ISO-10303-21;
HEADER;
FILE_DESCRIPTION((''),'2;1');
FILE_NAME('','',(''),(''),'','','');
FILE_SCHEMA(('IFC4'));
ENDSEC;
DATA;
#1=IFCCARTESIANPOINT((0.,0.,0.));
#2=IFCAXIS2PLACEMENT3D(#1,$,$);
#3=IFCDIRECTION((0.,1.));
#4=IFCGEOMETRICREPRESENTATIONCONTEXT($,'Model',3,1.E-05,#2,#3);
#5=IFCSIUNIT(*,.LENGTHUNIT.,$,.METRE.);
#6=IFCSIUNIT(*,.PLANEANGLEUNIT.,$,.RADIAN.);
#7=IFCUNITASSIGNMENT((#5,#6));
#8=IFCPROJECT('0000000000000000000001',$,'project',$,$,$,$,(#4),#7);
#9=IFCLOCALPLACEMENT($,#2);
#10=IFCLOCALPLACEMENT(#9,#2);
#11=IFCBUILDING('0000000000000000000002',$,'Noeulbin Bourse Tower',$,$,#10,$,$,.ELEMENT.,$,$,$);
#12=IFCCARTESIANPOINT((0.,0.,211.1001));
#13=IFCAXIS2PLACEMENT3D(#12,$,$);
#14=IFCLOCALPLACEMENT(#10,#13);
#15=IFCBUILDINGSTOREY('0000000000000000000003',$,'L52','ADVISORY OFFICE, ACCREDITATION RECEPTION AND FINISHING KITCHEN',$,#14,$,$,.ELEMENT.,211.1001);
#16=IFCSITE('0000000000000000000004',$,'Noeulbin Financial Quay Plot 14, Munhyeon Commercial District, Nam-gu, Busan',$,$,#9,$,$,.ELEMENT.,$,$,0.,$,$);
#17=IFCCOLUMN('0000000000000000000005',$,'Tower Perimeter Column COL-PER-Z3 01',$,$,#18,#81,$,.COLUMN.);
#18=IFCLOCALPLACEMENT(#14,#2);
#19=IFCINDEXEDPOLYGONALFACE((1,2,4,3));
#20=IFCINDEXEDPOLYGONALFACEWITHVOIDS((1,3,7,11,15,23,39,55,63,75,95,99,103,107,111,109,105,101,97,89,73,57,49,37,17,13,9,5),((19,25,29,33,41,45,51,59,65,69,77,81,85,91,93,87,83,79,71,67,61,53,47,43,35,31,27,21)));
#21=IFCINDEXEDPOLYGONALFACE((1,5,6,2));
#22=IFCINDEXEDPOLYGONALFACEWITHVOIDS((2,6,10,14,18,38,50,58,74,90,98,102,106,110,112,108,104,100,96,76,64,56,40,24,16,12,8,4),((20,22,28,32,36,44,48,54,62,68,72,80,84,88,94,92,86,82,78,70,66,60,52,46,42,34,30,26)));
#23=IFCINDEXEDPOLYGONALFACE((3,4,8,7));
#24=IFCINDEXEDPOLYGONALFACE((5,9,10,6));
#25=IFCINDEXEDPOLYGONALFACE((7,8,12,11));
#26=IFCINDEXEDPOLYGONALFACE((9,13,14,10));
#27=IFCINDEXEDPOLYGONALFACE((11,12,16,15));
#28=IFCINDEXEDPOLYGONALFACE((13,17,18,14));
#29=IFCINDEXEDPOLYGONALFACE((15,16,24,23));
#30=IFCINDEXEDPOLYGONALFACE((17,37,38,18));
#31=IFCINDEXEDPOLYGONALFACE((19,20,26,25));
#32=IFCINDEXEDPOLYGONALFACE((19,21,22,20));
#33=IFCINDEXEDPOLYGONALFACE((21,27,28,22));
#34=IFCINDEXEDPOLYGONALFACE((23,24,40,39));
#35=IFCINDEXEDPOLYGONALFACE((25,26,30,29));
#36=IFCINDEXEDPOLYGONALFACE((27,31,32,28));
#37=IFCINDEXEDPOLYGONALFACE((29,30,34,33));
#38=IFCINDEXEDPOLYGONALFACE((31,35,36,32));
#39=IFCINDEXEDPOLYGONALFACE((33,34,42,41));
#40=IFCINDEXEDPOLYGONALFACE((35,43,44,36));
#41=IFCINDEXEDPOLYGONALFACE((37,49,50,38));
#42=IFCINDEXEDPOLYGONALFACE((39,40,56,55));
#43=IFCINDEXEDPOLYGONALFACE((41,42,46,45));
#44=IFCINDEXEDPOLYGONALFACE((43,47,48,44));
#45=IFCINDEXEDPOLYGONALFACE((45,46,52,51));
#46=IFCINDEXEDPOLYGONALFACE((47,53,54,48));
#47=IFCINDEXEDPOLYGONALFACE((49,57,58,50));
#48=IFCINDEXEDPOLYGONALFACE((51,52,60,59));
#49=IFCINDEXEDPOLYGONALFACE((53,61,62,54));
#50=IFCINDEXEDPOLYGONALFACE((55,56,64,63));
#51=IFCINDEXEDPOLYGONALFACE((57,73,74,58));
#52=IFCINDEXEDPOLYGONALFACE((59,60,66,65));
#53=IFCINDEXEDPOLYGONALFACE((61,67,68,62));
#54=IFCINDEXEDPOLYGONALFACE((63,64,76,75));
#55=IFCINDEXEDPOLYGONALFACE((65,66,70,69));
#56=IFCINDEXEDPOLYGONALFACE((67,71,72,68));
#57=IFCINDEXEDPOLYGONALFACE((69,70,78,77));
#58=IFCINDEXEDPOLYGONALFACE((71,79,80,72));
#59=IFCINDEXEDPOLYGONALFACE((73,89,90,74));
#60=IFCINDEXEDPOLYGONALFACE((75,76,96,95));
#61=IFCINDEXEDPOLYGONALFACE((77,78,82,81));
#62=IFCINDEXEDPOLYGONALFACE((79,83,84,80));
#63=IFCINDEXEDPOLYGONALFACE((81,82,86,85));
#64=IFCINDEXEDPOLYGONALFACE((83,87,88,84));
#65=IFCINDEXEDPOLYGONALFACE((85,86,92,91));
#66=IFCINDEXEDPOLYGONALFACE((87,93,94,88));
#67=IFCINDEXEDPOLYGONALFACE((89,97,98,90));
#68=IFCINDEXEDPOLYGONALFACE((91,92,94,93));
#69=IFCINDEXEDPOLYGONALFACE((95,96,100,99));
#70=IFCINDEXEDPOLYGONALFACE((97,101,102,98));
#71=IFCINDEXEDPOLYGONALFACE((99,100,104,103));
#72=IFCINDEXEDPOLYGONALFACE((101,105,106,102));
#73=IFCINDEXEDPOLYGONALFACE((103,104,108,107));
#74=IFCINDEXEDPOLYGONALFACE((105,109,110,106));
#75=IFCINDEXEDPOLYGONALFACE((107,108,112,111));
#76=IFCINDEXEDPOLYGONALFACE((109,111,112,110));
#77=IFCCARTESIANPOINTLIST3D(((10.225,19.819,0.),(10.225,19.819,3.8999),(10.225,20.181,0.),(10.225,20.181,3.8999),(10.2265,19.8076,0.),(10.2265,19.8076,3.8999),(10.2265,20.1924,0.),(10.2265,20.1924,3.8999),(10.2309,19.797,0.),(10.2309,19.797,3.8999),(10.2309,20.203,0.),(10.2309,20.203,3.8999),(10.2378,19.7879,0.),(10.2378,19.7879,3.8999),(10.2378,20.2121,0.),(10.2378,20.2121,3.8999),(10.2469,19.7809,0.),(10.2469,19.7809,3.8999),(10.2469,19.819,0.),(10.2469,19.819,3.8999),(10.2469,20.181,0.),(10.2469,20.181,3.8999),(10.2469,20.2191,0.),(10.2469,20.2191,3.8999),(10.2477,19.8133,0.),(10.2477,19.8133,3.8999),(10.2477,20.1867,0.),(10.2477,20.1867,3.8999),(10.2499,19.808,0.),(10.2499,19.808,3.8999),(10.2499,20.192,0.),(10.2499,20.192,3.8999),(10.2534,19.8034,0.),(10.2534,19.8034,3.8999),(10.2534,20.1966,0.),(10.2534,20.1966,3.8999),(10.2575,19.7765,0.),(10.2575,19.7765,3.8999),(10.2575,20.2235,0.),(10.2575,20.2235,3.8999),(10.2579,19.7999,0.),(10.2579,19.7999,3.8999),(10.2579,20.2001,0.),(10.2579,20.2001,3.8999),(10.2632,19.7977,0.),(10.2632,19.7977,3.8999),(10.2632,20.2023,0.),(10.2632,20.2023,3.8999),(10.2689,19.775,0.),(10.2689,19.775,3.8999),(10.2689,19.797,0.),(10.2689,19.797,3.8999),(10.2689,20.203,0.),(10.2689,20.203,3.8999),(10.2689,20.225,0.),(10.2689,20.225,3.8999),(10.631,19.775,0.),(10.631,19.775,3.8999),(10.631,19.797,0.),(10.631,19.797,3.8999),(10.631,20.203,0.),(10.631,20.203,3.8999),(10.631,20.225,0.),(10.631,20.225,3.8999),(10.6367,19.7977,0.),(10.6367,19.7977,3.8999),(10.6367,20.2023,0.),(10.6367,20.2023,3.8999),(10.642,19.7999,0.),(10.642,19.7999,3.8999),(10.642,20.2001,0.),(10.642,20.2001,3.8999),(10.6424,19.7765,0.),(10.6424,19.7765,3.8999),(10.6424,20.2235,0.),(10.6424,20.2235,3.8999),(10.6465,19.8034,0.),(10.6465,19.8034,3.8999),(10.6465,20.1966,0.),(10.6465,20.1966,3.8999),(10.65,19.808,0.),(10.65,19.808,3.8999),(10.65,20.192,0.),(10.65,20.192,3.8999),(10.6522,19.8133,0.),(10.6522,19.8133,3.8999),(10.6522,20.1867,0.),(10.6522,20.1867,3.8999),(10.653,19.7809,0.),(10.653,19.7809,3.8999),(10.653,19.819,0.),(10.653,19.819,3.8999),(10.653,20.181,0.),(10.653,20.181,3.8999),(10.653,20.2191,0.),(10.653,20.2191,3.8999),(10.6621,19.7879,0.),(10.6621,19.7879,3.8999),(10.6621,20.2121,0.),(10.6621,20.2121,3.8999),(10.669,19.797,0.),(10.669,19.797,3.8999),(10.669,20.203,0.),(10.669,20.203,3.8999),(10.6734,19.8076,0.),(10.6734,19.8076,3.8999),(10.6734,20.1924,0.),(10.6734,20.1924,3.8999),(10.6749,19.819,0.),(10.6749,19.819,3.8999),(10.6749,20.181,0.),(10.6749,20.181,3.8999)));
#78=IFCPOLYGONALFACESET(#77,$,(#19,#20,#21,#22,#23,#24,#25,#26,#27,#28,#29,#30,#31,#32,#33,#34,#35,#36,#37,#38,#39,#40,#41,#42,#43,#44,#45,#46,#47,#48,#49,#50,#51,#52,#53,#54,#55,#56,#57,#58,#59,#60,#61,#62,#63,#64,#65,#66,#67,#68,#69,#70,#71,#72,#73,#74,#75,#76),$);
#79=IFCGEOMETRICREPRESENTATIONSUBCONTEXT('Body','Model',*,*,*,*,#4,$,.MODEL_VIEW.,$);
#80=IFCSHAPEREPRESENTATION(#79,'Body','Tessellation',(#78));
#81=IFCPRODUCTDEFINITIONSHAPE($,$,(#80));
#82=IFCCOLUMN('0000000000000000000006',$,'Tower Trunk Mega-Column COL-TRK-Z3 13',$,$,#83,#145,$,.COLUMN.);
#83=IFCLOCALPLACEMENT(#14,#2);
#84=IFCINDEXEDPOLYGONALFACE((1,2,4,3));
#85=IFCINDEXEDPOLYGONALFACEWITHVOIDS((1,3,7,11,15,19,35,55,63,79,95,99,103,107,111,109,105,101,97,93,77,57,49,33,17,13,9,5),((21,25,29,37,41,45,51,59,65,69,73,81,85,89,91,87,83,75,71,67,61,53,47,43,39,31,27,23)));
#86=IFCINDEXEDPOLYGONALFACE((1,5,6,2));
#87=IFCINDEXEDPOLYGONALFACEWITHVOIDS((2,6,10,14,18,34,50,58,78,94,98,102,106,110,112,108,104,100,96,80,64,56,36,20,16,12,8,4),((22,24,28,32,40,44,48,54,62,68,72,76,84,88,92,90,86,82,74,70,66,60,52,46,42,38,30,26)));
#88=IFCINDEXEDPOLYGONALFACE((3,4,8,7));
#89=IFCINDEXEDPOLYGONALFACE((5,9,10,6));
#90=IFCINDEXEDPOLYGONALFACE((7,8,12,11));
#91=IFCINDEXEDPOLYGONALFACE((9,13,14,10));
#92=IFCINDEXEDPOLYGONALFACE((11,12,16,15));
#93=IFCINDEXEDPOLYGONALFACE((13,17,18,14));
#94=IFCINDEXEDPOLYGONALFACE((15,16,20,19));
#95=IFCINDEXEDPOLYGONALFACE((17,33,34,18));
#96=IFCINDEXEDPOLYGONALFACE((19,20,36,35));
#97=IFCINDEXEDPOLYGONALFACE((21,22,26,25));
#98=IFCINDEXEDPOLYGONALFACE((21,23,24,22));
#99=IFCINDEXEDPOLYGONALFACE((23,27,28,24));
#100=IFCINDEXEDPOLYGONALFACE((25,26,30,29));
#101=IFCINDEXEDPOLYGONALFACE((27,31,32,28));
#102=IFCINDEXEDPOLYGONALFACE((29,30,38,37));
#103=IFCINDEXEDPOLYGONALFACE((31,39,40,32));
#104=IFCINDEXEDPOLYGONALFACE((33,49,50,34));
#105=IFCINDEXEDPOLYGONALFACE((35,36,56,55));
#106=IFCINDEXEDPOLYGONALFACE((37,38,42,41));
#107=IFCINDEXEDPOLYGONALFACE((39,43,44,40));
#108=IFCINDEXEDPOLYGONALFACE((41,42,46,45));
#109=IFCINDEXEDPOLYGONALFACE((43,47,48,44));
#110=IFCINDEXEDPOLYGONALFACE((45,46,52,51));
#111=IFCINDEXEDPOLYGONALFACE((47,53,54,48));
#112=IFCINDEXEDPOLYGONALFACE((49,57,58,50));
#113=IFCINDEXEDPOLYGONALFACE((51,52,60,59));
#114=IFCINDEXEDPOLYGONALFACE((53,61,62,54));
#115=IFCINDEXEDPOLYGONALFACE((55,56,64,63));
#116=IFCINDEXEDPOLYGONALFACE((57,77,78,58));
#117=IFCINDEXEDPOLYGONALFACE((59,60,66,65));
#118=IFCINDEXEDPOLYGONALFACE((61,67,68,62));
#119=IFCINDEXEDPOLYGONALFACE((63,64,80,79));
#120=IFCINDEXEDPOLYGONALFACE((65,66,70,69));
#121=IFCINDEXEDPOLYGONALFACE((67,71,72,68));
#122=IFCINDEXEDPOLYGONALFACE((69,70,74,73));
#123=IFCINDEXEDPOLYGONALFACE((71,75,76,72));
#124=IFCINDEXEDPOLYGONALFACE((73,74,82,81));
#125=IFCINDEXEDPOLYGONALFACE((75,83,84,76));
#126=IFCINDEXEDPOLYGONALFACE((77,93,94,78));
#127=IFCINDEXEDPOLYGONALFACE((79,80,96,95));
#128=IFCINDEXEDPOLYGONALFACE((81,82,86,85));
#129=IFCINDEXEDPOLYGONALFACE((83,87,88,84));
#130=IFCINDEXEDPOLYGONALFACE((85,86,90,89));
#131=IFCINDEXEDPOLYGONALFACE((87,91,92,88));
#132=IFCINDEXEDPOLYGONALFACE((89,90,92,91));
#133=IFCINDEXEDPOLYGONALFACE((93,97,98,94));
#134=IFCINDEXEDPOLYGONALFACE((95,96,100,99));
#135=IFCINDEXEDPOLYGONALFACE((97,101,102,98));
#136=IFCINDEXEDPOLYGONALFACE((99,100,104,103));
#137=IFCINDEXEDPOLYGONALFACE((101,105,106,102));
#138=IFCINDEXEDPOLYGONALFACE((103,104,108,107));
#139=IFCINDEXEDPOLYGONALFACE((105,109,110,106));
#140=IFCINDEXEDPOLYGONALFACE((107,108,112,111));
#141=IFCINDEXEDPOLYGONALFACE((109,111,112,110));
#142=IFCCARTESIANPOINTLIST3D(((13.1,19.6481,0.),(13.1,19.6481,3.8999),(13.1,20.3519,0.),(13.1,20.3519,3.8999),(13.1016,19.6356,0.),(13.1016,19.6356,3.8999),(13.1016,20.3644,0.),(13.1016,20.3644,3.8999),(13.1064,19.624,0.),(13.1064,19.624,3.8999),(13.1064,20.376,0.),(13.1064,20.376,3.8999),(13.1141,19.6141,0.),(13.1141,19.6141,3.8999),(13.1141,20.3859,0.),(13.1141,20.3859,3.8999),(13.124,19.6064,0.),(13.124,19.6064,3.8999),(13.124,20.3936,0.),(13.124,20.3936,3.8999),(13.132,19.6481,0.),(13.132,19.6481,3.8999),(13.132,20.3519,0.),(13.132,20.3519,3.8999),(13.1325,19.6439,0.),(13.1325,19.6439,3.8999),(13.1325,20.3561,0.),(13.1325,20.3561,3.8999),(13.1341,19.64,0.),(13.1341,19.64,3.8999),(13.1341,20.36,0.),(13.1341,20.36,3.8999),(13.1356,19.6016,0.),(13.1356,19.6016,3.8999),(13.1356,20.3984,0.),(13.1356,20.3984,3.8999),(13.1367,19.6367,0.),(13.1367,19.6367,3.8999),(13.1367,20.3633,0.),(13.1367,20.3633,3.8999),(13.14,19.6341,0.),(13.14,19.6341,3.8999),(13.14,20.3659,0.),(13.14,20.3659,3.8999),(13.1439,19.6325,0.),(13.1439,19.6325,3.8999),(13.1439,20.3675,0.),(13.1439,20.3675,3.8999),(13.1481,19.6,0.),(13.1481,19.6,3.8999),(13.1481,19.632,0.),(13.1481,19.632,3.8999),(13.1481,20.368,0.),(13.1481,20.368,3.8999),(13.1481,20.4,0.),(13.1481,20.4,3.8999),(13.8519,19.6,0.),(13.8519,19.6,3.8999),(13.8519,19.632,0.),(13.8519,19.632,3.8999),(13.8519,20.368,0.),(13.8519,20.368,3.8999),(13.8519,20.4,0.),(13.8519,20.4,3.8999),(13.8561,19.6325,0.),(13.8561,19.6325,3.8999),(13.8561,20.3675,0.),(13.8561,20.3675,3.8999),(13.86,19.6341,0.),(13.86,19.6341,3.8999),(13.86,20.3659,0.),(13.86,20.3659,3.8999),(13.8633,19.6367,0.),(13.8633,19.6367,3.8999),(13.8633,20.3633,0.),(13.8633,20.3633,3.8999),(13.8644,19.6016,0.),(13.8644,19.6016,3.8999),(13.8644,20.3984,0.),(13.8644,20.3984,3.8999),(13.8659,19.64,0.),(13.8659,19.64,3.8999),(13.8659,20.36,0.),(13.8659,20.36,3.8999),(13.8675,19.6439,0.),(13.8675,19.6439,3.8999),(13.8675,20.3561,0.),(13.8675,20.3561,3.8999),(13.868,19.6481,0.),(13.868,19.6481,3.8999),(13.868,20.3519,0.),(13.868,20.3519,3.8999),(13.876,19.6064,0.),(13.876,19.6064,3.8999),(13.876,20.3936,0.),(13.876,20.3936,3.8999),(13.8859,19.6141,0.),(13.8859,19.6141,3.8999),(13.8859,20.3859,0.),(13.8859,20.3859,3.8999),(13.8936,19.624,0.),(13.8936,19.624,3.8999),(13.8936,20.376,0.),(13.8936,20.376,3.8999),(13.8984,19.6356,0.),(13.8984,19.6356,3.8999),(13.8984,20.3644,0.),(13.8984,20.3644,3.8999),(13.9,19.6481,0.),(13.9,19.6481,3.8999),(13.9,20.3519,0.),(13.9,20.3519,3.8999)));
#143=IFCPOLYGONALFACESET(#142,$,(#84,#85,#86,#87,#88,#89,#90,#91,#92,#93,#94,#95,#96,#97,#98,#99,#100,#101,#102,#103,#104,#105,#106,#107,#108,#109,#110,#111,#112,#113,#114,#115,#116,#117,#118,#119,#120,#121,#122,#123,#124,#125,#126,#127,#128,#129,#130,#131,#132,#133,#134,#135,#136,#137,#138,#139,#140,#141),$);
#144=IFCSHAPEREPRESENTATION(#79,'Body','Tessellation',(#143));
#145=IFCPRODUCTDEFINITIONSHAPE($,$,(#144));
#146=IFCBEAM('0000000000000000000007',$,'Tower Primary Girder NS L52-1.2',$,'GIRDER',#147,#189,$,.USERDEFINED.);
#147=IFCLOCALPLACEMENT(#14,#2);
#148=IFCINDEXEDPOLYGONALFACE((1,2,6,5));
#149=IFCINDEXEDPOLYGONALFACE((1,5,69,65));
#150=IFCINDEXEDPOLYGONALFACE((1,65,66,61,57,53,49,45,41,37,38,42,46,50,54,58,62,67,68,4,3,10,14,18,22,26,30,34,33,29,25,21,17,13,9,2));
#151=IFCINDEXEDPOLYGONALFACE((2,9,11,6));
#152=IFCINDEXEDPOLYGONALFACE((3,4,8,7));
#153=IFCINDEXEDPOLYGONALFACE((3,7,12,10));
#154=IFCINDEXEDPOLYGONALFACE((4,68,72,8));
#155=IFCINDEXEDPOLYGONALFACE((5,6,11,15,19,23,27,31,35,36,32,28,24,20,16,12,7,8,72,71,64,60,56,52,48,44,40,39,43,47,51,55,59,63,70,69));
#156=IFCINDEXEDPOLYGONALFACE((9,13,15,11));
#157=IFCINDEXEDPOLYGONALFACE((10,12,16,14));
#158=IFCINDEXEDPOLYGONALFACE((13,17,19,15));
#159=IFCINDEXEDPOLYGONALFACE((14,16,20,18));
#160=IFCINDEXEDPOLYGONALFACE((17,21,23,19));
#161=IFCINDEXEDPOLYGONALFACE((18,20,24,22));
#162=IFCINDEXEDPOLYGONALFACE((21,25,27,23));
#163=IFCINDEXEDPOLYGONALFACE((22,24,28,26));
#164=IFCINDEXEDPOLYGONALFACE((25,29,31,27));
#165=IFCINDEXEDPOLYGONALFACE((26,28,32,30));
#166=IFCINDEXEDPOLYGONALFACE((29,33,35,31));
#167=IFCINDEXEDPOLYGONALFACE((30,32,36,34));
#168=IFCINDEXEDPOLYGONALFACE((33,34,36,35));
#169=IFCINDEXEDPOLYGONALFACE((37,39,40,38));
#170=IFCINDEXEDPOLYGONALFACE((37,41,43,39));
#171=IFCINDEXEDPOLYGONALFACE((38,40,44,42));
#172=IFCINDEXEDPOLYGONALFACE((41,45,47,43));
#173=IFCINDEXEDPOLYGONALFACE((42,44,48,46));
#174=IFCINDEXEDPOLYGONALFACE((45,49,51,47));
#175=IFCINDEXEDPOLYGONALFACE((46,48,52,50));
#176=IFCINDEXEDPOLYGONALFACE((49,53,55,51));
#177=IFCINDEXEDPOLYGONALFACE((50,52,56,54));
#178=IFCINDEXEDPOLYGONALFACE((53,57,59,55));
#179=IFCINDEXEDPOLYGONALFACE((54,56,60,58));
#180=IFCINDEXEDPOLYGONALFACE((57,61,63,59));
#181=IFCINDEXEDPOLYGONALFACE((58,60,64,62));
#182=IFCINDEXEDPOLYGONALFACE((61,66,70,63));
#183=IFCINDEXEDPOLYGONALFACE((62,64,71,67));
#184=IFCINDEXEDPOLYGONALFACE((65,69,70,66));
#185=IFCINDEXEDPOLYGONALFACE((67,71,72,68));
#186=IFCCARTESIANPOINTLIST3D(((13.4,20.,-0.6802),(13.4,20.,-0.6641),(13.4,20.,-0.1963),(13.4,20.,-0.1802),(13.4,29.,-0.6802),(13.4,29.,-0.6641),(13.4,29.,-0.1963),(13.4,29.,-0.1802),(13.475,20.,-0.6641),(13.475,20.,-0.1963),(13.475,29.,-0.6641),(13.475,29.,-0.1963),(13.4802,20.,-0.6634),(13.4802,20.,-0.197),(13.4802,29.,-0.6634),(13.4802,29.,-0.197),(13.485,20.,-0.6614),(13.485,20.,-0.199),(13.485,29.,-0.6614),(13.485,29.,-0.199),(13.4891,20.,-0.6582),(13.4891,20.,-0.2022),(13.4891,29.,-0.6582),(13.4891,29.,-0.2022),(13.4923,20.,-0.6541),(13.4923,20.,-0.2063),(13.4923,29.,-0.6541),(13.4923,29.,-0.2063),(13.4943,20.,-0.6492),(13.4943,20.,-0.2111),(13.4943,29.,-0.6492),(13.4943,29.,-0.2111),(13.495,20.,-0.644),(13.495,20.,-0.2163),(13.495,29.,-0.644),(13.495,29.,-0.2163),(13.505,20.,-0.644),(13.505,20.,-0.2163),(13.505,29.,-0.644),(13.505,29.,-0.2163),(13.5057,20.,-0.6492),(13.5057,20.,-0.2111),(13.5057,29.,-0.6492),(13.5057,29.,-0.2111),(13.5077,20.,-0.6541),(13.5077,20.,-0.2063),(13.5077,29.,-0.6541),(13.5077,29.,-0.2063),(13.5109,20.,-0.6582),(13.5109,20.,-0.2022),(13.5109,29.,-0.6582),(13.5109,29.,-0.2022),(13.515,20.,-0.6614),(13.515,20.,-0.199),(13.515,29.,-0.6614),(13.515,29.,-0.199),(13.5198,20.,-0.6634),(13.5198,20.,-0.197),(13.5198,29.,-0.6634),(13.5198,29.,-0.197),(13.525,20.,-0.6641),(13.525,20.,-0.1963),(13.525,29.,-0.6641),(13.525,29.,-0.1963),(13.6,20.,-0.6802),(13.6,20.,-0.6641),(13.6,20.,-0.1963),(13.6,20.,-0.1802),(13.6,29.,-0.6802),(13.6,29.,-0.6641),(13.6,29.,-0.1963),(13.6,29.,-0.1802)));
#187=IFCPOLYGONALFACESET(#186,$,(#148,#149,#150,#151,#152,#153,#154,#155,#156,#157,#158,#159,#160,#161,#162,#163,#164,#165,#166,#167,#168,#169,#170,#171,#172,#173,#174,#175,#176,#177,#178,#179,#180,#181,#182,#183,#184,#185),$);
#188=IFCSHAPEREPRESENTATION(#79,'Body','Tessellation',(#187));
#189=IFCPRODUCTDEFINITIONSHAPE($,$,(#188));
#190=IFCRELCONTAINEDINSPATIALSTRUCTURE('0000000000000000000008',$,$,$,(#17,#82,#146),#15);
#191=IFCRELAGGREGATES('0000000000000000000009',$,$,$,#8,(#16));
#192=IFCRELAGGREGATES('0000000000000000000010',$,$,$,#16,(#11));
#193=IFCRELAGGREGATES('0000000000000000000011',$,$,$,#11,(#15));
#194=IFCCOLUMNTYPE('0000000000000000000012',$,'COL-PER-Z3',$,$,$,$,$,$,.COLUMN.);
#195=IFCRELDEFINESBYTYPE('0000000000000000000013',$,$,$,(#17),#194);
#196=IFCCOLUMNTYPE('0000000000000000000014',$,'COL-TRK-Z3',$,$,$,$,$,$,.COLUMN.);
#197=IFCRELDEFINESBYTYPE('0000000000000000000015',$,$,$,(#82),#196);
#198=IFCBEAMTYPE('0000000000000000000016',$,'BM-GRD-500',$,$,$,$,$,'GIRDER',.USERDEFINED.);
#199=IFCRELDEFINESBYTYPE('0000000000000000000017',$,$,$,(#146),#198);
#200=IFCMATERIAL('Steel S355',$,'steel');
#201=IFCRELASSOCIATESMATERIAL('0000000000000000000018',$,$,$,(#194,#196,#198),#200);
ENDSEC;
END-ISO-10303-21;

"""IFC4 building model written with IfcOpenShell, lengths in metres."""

from ifc_helpers import new_model, si_unit, direction, frame, origin, origin_2d, place, context, subcontext, project, spatial, hollow_rectangle, i_section, extrude, material, material_profile, profile_set, type_object, element, save


model = new_model("IFC4")

# Units and contexts
model_context = context("Model", 3, precision=1e-05, world=origin(), true_north=direction((0.0, 1.0)))
body_context = subcontext(model_context, "Body", "Model", "MODEL_VIEW")
ifc_project = project(units=[si_unit("LENGTHUNIT", "METRE"), si_unit("PLANEANGLEUNIT", "RADIAN")], contexts=[model_context])

# Site, building, storey
site_placement = place(None, origin())
site = spatial("IfcSite", under=ifc_project, at=site_placement, Name="Noeulbin Financial Quay Plot 14, Munhyeon Commercial District, Nam-gu, Busan", CompositionType="ELEMENT", RefElevation=0.0)
building_placement = place(site_placement, origin())
building = spatial("IfcBuilding", under=site, at=building_placement, Name="Noeulbin Bourse Tower", CompositionType="ELEMENT")
storey_placement = place(building_placement, frame((0.0, 0.0, 211.1001)))
storey = spatial("IfcBuildingStorey", under=building, at=storey_placement, Name="L52", Description="ADVISORY OFFICE, ACCREDITATION RECEPTION AND FINISHING KITCHEN", CompositionType="ELEMENT", Elevation=211.1001)

# Columns
ifc_material_1 = material(Name="Steel S355", Category="steel")
ifc_material_profile_1 = material_profile(ifc_material_1, hollow_rectangle(XDim=0.45, YDim=0.45, WallThickness=0.022, InnerFilletRadius=0.022, OuterFilletRadius=0.0439, at=origin_2d()), Name="SHS-450x450x22", Category="LoadBearing")
ifc_profile_set_1 = profile_set([ifc_material_profile_1], Name="Steel S355")
column_type_1 = type_object("IfcColumnType", Name="COL-PER-Z3", PredefinedType="COLUMN", material=ifc_profile_set_1)
column_1_placement = place(storey_placement, frame((10.45, 20.0, 0.0), z_axis=(0.0, 0.0, 1.0), x_axis=(1.0, 0.0, 0.0)))
element("IfcColumn", 1, at=column_1_placement, inside=storey, type_object=column_type_1, Name="Tower Perimeter Column COL-PER-Z3 01", PredefinedType="COLUMN", context=body_context, shape_type="SweptSolid", body=[
    extrude(hollow_rectangle(XDim=0.45, YDim=0.45, WallThickness=0.022, InnerFilletRadius=0.022, OuterFilletRadius=0.0439, at=origin_2d()), origin(), (0.0, 0.0, 1.0), 3.8999),
])
ifc_material_profile_2 = material_profile(ifc_material_1, hollow_rectangle(XDim=0.8, YDim=0.8, WallThickness=0.032, InnerFilletRadius=0.0161, OuterFilletRadius=0.0481, at=origin_2d()), Name="BOX-800x800x32", Category="LoadBearing")
ifc_profile_set_2 = profile_set([ifc_material_profile_2], Name="Steel S355")
column_type_2 = type_object("IfcColumnType", Name="COL-TRK-Z3", PredefinedType="COLUMN", material=ifc_profile_set_2)
column_2_placement = place(storey_placement, frame((13.5, 20.0, 0.0), z_axis=(0.0, 0.0, 1.0), x_axis=(1.0, 0.0, 0.0)))
element("IfcColumn", 2, at=column_2_placement, inside=storey, type_object=column_type_2, Name="Tower Trunk Mega-Column COL-TRK-Z3 13", PredefinedType="COLUMN", context=body_context, shape_type="SweptSolid", body=[
    extrude(hollow_rectangle(XDim=0.8, YDim=0.8, WallThickness=0.032, InnerFilletRadius=0.0161, OuterFilletRadius=0.0481, at=origin_2d()), origin(), (0.0, 0.0, 1.0), 3.8999),
])

# Beam
ifc_material_profile_3 = material_profile(ifc_material_1, i_section(OverallWidth=0.2, OverallDepth=0.5, WebThickness=0.01, FlangeThickness=0.0161, FilletRadius=0.02, at=origin_2d()), Name="H-500x200x10x16", Category="LoadBearing")
ifc_profile_set_3 = profile_set([ifc_material_profile_3], Name="Steel S355")
beam_type_1 = type_object("IfcBeamType", Name="BM-GRD-500", ElementType="GIRDER", PredefinedType="USERDEFINED", material=ifc_profile_set_3)
beam_1_placement = place(storey_placement, frame((13.5, 20.0, -0.4302), z_axis=(0.0, 1.0, 0.0), x_axis=(-1.0, 0.0, 0.0)))
element("IfcBeam", 3, at=beam_1_placement, inside=storey, type_object=beam_type_1, Name="Tower Primary Girder NS L52-1.2", ObjectType="GIRDER", PredefinedType="USERDEFINED", context=body_context, shape_type="SweptSolid", body=[
    extrude(i_section(OverallWidth=0.2, OverallDepth=0.5, WebThickness=0.01, FlangeThickness=0.0161, FilletRadius=0.02, at=origin_2d()), origin(), (0.0, 0.0, 1.0), 9.0),
])

save(model, "model.ifc")
